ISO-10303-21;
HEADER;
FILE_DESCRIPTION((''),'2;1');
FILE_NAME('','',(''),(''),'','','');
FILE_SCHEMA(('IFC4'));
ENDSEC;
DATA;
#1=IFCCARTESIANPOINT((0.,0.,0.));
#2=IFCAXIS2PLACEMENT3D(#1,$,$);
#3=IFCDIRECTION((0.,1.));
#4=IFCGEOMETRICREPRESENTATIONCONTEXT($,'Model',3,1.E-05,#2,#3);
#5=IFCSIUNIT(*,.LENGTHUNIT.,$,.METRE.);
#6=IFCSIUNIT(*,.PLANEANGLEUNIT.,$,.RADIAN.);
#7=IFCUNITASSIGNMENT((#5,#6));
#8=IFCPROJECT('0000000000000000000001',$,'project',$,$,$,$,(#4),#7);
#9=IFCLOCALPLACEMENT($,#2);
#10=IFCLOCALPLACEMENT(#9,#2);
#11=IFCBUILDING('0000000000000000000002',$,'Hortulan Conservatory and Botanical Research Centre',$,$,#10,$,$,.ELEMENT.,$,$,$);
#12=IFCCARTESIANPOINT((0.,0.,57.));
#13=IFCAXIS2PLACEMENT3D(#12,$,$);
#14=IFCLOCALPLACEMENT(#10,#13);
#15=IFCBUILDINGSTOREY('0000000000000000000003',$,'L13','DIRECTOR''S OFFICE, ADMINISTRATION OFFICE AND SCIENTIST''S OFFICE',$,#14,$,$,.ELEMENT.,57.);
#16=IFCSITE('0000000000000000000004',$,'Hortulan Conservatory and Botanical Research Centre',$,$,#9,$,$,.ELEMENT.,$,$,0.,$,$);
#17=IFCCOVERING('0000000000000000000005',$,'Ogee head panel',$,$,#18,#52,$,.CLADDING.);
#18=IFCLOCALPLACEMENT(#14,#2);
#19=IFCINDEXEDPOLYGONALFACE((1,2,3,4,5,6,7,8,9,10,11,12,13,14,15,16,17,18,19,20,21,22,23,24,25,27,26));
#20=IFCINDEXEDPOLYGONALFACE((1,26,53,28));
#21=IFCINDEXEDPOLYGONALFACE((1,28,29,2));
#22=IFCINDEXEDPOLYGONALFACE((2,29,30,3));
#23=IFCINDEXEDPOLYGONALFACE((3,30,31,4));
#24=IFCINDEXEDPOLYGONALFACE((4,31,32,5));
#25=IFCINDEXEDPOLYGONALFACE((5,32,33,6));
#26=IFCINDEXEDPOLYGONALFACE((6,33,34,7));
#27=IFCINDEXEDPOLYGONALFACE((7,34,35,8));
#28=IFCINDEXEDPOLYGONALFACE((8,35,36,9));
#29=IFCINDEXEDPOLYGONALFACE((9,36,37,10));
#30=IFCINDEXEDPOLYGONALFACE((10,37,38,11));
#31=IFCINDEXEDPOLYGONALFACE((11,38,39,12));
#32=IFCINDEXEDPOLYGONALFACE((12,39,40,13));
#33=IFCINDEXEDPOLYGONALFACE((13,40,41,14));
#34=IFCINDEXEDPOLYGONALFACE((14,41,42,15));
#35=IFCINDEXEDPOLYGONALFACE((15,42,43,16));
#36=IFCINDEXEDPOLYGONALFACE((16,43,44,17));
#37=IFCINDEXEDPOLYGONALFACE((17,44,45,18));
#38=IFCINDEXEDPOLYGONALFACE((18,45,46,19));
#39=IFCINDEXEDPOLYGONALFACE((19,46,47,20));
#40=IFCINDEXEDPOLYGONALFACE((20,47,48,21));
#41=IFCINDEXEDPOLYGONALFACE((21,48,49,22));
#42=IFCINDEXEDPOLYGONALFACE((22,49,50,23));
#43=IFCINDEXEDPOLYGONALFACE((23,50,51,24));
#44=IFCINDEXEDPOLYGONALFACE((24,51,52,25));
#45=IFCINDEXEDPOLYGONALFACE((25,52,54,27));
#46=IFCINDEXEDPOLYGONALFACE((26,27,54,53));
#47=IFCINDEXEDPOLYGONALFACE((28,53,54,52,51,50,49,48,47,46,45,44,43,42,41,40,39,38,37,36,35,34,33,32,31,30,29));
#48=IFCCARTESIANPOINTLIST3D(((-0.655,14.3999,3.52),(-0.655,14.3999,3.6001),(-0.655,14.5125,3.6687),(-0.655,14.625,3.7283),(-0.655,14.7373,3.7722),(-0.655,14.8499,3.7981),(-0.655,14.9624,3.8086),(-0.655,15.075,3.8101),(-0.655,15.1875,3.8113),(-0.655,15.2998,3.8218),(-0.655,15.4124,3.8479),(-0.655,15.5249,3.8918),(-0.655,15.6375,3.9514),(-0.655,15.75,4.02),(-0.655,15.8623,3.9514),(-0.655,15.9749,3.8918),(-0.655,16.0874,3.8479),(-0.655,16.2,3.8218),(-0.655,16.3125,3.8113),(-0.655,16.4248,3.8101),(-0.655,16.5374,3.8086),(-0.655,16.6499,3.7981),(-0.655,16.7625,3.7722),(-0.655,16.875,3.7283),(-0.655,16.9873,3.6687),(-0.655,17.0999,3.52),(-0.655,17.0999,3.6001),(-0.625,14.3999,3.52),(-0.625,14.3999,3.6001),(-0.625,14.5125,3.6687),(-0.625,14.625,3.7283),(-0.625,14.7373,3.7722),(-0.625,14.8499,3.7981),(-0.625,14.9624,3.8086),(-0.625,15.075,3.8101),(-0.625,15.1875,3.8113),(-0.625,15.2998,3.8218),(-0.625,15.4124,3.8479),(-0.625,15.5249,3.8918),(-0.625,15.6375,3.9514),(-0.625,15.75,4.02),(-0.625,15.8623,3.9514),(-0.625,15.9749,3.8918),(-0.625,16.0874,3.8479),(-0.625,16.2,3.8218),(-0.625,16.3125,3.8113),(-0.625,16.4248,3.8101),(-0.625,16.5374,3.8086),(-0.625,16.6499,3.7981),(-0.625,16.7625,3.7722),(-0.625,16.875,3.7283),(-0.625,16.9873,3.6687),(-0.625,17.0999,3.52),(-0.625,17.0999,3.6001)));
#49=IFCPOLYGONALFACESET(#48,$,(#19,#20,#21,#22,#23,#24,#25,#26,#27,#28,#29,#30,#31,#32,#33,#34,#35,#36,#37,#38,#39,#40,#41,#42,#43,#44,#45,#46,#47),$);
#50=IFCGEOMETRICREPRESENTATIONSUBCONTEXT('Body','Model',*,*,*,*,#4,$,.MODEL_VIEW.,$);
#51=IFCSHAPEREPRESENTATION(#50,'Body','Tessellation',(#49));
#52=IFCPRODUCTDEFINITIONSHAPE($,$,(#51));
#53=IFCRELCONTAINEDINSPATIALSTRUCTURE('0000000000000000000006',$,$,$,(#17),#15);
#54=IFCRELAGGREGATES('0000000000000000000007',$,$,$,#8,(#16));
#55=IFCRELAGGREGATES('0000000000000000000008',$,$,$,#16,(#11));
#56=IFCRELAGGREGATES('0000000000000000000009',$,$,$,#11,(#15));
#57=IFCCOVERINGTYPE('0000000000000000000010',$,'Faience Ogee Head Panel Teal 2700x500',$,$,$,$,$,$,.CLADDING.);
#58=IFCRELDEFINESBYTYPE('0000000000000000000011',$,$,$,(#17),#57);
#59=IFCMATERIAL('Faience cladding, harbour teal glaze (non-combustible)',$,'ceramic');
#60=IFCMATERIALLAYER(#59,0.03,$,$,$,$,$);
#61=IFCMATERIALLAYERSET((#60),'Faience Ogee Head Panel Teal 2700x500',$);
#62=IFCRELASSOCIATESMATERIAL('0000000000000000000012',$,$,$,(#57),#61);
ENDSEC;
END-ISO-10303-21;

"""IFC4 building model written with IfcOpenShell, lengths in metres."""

from ifc_helpers import new_model, si_unit, direction, frame, origin, place, context, subcontext, project, spatial, polyline, outline, extrude, material, layer, layer_set, type_object, element, save


model = new_model("IFC4")

# Units and contexts
model_context = context("Model", 3, precision=1e-05, world=origin(), true_north=direction((0.0, 1.0)))
body_context = subcontext(model_context, "Body", "Model", "MODEL_VIEW")
ifc_project = project(units=[si_unit("LENGTHUNIT", "METRE"), si_unit("PLANEANGLEUNIT", "RADIAN")], contexts=[model_context])

# Site, building, storey
site_placement = place(None, origin())
site = spatial("IfcSite", under=ifc_project, at=site_placement, Name="Hortulan Conservatory and Botanical Research Centre", CompositionType="ELEMENT", RefElevation=0.0)
building_placement = place(site_placement, origin())
building = spatial("IfcBuilding", under=site, at=building_placement, Name="Hortulan Conservatory and Botanical Research Centre", CompositionType="ELEMENT")
storey_placement = place(building_placement, frame((0.0, 0.0, 57.0)))
storey = spatial("IfcBuildingStorey", under=building, at=storey_placement, Name="L13", Description="DIRECTOR'S OFFICE, ADMINISTRATION OFFICE AND SCIENTIST'S OFFICE", CompositionType="ELEMENT", Elevation=57.0)

# Covering
ifc_material_1 = material(Name="Faience cladding, harbour teal glaze (non-combustible)", Category="ceramic")
ifc_layer_1 = layer(ifc_material_1, 0.03)
ifc_layer_set_1 = layer_set([ifc_layer_1], Name="Faience Ogee Head Panel Teal 2700x500")
covering_type = type_object("IfcCoveringType", Name="Faience Ogee Head Panel Teal 2700x500", PredefinedType="CLADDING", material=ifc_layer_set_1)
covering_placement = place(storey_placement, frame((-0.6399, 14.3999, 3.52), z_axis=(0.0, 0.0, 1.0), x_axis=(0.0, 1.0, 0.0)))
element("IfcCovering", 1, at=covering_placement, inside=storey, type_object=covering_type, Name="Ogee head panel", PredefinedType="CLADDING", context=body_context, shape_type="SweptSolid", body=[
    extrude(outline(polyline([(0.0, 0.0), (2.7, 0.0), (2.7, 0.0801), (2.5874, 0.1487), (2.4751, 0.2083), (2.3625, 0.2522), (2.25, 0.2781), (2.1375, 0.2886), (2.0249, 0.29), (1.9126, 0.2913), (1.8, 0.3018), (1.6875, 0.3279), (1.575, 0.3718), (1.4624, 0.4314), (1.3501, 0.5), (1.2375, 0.4314), (1.125, 0.3718), (1.0125, 0.3279), (0.8999, 0.3018), (0.7876, 0.2913), (0.675, 0.29), (0.5625, 0.2886), (0.45, 0.2781), (0.3374, 0.2522), (0.2251, 0.2083), (0.1125, 0.1487), (0.0, 0.0801), (0.0, 0.0)])), frame((0.0, 0.0151, 0.0), z_axis=(0.0, -1.0, 0.0), x_axis=(1.0, 0.0, 0.0)), (0.0, 0.0, 1.0), 0.03),
])

save(model, "model.ifc")
